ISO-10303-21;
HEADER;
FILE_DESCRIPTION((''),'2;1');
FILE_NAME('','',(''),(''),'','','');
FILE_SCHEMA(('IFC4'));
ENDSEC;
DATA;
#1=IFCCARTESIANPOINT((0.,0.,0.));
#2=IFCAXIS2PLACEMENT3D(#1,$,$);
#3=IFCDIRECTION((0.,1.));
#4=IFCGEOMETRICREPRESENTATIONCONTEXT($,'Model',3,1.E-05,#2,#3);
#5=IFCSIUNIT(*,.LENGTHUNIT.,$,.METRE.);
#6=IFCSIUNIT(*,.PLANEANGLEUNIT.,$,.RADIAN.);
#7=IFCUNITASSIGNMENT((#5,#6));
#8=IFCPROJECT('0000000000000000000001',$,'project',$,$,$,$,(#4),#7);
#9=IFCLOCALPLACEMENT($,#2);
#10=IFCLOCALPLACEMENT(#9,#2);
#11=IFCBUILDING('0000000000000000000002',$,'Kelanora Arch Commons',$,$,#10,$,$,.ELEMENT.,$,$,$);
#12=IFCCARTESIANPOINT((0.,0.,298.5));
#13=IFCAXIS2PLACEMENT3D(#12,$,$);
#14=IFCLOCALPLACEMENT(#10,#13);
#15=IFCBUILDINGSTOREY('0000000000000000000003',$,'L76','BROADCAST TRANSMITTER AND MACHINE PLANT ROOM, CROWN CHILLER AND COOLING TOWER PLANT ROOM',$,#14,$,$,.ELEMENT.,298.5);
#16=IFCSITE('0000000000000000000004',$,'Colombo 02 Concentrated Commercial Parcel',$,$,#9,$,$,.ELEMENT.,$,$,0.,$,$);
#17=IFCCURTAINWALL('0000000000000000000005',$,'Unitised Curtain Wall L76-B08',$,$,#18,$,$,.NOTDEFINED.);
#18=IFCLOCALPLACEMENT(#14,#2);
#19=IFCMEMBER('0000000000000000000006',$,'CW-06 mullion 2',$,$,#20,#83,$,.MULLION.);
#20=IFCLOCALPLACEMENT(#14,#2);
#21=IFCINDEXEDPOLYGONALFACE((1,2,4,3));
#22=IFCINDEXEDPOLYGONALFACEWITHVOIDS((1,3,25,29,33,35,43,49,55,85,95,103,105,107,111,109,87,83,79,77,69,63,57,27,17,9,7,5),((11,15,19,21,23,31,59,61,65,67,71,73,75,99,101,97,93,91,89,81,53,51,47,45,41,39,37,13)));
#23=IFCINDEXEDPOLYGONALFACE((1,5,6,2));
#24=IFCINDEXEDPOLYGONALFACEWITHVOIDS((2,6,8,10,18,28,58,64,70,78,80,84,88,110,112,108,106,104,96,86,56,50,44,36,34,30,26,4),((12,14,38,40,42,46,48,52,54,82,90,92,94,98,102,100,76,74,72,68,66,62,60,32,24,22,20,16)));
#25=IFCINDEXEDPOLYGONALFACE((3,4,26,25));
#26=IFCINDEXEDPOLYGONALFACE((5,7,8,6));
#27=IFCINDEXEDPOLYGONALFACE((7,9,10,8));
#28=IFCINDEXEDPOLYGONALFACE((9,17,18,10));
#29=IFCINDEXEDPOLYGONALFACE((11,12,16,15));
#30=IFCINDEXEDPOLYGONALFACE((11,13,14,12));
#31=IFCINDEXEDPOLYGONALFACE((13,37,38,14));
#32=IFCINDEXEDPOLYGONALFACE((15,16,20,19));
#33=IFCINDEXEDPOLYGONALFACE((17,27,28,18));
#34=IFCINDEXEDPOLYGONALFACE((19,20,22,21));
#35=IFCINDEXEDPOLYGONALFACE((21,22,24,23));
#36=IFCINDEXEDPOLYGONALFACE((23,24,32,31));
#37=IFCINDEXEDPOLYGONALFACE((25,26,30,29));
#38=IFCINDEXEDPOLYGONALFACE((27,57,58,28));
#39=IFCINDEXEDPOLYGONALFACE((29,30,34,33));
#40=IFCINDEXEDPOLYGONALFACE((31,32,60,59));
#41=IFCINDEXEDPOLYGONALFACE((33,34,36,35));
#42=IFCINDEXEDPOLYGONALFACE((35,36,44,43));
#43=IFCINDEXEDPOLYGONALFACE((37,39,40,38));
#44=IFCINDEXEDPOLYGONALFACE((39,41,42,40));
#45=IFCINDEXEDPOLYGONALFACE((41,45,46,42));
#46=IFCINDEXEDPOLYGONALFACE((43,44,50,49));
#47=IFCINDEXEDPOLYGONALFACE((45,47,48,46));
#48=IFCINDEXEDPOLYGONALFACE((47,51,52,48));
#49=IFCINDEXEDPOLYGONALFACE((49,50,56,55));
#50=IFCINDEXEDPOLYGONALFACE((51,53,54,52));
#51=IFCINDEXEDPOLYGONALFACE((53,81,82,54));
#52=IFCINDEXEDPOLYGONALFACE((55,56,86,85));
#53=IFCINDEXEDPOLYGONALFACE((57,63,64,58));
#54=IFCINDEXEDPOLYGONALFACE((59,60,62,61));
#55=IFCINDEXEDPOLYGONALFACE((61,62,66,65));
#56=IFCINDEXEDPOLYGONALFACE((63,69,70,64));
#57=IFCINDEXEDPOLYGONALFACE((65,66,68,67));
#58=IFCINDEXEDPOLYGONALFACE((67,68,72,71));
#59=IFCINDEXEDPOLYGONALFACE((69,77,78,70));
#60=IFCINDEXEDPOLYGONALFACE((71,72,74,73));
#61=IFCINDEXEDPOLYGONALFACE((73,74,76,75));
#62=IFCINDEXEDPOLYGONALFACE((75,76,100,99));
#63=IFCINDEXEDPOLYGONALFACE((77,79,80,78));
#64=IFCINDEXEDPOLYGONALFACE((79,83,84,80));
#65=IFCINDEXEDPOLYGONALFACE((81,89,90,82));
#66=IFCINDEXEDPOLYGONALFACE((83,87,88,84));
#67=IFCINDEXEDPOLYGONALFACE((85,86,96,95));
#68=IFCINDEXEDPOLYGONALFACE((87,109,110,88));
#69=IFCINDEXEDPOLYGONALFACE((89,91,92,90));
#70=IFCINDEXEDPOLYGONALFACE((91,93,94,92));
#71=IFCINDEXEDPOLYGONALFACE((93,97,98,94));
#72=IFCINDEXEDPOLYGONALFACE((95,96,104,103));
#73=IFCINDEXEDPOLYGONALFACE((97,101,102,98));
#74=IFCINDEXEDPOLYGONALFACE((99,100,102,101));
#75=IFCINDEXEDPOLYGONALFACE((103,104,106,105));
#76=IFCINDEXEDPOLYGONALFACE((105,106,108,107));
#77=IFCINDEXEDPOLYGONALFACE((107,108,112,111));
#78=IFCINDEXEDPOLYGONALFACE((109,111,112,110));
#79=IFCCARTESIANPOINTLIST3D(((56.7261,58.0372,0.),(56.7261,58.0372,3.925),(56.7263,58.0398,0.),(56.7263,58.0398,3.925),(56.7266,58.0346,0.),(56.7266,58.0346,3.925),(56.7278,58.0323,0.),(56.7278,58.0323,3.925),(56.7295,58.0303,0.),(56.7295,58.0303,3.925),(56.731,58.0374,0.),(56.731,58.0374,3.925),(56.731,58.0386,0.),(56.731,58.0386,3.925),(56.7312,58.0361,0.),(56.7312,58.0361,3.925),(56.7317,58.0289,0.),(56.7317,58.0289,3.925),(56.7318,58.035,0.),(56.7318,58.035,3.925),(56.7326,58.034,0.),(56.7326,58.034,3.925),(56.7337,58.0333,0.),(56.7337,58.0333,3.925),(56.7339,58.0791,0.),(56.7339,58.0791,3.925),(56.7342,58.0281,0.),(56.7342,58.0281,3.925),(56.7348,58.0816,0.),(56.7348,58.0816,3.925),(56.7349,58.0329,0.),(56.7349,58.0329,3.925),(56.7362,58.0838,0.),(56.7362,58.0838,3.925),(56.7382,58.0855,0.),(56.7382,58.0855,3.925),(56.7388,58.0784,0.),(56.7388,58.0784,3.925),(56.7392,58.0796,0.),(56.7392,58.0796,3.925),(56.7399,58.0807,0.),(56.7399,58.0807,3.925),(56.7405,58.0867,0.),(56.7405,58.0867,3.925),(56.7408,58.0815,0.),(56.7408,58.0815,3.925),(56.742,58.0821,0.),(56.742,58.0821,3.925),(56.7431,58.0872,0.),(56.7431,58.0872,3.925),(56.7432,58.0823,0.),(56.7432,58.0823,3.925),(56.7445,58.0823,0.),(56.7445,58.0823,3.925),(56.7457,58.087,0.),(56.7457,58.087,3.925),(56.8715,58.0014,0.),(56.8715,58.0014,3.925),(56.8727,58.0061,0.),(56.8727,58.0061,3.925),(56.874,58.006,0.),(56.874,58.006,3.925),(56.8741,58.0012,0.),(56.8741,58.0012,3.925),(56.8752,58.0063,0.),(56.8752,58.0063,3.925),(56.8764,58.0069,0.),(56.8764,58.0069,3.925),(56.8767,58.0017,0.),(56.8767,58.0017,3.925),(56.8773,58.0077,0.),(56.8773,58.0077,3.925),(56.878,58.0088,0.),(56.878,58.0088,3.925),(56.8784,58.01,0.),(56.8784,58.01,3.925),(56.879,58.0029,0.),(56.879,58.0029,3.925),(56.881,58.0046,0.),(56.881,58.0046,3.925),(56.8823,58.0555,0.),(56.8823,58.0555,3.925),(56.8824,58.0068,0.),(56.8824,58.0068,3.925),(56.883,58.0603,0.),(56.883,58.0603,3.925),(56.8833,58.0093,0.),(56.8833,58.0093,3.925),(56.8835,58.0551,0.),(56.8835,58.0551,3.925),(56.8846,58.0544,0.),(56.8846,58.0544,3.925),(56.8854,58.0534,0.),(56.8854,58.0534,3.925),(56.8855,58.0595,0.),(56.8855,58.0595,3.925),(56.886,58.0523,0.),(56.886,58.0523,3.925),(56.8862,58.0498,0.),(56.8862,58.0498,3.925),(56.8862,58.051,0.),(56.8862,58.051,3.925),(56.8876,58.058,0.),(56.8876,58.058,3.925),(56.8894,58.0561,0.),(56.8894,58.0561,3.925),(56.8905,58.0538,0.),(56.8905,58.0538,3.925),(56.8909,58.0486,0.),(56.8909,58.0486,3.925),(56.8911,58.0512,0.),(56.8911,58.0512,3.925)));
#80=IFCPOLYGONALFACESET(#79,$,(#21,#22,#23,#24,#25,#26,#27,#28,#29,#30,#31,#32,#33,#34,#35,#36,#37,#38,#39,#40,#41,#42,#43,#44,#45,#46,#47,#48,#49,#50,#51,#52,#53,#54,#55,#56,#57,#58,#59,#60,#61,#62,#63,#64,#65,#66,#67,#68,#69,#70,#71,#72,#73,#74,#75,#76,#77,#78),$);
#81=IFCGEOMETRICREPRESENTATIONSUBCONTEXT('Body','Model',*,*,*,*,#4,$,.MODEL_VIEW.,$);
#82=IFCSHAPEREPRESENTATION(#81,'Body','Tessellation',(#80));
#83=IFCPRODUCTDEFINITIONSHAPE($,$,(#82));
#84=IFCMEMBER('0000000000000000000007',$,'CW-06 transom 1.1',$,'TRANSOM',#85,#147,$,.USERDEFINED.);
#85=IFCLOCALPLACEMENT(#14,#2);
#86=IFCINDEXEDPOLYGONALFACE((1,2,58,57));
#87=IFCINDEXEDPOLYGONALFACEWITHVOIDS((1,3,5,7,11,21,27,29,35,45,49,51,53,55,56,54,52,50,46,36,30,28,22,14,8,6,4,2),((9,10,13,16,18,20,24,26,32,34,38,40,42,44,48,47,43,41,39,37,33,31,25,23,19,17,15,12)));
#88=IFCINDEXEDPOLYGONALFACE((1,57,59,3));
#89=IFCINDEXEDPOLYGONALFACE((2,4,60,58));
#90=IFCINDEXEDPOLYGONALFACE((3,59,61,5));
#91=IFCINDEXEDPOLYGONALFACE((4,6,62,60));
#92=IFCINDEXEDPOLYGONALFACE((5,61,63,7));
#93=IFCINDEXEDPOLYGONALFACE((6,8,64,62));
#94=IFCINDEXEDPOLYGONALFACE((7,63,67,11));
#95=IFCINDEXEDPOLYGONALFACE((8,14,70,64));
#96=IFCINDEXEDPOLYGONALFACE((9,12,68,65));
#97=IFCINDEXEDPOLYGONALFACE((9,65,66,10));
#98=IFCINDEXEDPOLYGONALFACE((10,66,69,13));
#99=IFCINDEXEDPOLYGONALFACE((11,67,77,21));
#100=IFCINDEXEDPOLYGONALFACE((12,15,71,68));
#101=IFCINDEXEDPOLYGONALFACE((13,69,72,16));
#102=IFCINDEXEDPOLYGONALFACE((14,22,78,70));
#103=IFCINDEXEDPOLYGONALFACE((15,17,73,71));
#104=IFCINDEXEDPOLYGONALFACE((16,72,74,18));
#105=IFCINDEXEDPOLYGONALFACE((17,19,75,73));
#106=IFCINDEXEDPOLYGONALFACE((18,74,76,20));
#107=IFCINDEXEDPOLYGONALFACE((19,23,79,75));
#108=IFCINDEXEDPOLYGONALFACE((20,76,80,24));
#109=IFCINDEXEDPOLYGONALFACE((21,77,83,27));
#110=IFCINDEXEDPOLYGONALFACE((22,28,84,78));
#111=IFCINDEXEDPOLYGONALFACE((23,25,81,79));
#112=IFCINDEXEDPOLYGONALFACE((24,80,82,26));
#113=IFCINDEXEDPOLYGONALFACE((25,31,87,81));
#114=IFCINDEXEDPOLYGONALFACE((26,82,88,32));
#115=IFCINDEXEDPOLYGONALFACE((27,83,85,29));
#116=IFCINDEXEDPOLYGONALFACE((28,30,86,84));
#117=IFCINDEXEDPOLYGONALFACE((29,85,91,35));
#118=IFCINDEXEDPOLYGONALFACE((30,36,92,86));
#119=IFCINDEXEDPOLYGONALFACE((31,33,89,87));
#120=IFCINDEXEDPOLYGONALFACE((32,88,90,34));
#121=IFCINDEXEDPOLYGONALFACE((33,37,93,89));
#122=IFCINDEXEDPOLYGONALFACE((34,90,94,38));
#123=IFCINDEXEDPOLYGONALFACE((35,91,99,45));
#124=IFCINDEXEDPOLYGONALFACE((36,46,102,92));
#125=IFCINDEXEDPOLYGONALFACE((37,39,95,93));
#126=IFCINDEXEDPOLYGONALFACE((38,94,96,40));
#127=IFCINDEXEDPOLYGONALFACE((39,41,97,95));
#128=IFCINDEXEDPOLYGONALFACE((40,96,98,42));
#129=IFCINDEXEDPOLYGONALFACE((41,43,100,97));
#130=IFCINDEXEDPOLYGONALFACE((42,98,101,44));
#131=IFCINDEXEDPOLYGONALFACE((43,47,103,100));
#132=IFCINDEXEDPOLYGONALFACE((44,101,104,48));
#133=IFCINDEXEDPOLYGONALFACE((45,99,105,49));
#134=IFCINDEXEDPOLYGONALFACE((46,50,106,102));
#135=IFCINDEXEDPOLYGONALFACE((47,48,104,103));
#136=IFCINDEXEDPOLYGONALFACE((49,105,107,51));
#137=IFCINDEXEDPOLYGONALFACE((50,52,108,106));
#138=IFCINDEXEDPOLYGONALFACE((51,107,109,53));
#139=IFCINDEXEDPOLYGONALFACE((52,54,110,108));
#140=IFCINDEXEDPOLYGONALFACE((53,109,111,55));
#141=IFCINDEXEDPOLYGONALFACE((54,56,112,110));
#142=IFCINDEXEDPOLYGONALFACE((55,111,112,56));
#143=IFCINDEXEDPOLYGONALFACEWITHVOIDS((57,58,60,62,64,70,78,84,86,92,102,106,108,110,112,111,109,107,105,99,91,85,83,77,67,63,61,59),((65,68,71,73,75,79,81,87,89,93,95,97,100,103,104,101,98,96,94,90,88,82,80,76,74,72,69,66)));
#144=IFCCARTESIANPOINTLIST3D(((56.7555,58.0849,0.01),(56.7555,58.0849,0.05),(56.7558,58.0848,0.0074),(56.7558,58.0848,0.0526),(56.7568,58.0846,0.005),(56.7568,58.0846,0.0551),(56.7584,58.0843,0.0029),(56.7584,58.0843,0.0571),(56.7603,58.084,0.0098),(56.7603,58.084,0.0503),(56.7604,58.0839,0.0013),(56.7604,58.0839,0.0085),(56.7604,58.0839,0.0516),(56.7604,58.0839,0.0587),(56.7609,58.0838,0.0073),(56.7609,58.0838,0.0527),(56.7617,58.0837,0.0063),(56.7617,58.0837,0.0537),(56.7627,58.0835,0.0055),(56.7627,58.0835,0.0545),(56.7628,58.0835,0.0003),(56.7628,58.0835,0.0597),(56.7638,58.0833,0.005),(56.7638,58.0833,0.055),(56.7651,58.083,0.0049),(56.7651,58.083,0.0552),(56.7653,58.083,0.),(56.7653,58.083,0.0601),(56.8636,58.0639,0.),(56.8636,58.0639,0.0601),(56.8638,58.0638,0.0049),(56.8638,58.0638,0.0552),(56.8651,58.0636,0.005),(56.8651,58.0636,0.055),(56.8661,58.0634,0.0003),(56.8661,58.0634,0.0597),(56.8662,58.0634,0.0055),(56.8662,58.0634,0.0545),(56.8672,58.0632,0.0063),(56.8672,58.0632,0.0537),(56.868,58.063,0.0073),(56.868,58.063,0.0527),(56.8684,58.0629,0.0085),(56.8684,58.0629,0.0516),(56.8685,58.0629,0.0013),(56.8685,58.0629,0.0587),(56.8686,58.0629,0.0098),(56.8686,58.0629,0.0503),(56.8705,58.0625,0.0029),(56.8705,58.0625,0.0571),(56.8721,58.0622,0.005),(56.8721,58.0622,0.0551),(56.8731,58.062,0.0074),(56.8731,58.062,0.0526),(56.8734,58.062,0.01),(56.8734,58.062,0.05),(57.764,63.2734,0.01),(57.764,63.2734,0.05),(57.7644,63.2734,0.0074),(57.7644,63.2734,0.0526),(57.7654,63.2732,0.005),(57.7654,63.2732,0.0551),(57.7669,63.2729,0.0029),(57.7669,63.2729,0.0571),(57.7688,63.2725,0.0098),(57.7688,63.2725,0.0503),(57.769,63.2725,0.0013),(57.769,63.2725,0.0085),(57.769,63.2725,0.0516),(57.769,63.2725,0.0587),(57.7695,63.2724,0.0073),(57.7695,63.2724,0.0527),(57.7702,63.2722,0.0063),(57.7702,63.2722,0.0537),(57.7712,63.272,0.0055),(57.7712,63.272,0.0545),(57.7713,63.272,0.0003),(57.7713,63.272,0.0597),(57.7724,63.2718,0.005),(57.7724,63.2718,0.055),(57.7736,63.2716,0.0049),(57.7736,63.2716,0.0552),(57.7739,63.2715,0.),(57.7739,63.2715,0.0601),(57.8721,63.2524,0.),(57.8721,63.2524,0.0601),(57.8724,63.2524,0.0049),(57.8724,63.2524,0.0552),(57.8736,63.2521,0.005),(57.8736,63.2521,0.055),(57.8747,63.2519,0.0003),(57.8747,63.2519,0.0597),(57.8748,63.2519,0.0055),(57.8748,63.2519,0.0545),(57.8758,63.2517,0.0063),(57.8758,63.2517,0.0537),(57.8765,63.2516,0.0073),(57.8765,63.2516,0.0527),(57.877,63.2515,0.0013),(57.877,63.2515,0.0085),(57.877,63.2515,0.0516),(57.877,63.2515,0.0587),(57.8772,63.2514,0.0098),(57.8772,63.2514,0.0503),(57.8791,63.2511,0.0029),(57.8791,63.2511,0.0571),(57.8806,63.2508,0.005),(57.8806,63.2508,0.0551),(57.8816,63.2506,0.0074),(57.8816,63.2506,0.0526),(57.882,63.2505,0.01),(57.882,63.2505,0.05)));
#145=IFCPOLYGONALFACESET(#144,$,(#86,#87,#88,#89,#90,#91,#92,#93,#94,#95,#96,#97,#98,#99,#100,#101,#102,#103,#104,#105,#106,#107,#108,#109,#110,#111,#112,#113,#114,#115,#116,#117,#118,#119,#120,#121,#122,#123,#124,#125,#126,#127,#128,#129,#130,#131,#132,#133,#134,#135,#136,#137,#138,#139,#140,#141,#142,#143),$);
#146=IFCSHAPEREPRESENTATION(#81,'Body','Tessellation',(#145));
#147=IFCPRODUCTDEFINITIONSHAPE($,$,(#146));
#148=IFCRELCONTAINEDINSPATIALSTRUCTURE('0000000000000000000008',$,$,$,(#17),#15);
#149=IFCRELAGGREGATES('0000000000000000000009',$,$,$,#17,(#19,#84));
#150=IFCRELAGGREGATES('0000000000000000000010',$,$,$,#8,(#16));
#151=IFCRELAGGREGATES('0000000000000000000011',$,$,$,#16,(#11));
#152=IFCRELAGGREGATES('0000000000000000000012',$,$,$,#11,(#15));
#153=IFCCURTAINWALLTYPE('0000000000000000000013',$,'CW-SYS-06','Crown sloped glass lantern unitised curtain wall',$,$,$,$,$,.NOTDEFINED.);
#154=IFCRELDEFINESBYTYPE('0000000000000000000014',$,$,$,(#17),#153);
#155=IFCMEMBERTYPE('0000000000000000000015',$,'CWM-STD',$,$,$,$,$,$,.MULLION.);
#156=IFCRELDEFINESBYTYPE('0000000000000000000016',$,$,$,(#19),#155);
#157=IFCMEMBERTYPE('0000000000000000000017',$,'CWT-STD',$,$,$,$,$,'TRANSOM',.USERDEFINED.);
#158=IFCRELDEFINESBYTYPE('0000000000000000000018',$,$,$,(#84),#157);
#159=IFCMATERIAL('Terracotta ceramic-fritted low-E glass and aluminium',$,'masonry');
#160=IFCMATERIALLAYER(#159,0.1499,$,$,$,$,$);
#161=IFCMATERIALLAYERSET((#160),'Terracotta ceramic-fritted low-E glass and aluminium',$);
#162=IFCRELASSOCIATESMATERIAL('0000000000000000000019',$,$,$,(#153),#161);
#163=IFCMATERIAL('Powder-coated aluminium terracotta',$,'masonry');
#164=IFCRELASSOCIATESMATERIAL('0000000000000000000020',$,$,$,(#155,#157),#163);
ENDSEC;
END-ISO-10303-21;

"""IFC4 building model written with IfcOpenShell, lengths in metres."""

from ifc_helpers import new_model, si_unit, direction, frame, origin, origin_2d, place, context, subcontext, project, spatial, hollow_rectangle, extrude, material, layer, layer_set, material_profile, profile_set, type_object, element, aggregate, save


model = new_model("IFC4")

# Units and contexts
model_context = context("Model", 3, precision=1e-05, world=origin(), true_north=direction((0.0, 1.0)))
body_context = subcontext(model_context, "Body", "Model", "MODEL_VIEW")
ifc_project = project(units=[si_unit("LENGTHUNIT", "METRE"), si_unit("PLANEANGLEUNIT", "RADIAN")], contexts=[model_context])

# Site, building, storey
site_placement = place(None, origin())
site = spatial("IfcSite", under=ifc_project, at=site_placement, Name="Colombo 02 Concentrated Commercial Parcel", CompositionType="ELEMENT", RefElevation=0.0)
building_placement = place(site_placement, origin())
building = spatial("IfcBuilding", under=site, at=building_placement, Name="Kelanora Arch Commons", CompositionType="ELEMENT")
storey_placement = place(building_placement, frame((0.0, 0.0, 298.5)))
storey = spatial("IfcBuildingStorey", under=building, at=storey_placement, Name="L76", Description="BROADCAST TRANSMITTER AND MACHINE PLANT ROOM, CROWN CHILLER AND COOLING TOWER PLANT ROOM", CompositionType="ELEMENT", Elevation=298.5)

# Shared definitions
ifc_material_1 = material(Name="Terracotta ceramic-fritted low-E glass and aluminium", Category="masonry")
ifc_layer_1 = layer(ifc_material_1, 0.1499)
ifc_layer_set_1 = layer_set([ifc_layer_1], Name="Terracotta ceramic-fritted low-E glass and aluminium")
curtain_wall_type = type_object("IfcCurtainWallType", Name="CW-SYS-06", Description="Crown sloped glass lantern unitised curtain wall", PredefinedType="NOTDEFINED", material=ifc_layer_set_1)
ifc_material_2 = material(Name="Powder-coated aluminium terracotta", Category="masonry")
ifc_material_profile_1 = material_profile(ifc_material_2, hollow_rectangle(XDim=0.1599, YDim=0.0601, WallThickness=0.0049, InnerFilletRadius=0.0049, OuterFilletRadius=0.01, at=origin_2d()), Name="CWM160x60")
ifc_profile_set_1 = profile_set([ifc_material_profile_1], Name="Powder-coated aluminium terracotta")
member_type_1 = type_object("IfcMemberType", Name="CWM-STD", PredefinedType="MULLION", material=ifc_profile_set_1)

# Curtain wall, members
curtain_wall_1_placement = place(storey_placement, origin())
curtain_wall_1 = element("IfcCurtainWall", 1, at=curtain_wall_1_placement, inside=storey, type_object=curtain_wall_type, Name="Unitised Curtain Wall L76-B08", PredefinedType="NOTDEFINED")
member_1_placement = place(storey_placement, frame((56.8086, 58.0442, 0.0), z_axis=(0.0, 0.0, 1.0), x_axis=(0.981624, -0.190827, 0.0)))
member_1 = element("IfcMember", 2, at=member_1_placement, type_object=member_type_1, Name="CW-06 mullion 2", PredefinedType="MULLION", context=body_context, shape_type="SweptSolid", body=[
    extrude(hollow_rectangle(XDim=0.1599, YDim=0.0601, WallThickness=0.0049, InnerFilletRadius=0.0049, OuterFilletRadius=0.01, at=origin_2d()), origin(), (0.0, 0.0, 1.0), 3.925),
])
ifc_material_profile_2 = material_profile(ifc_material_2, hollow_rectangle(XDim=0.1201, YDim=0.0601, WallThickness=0.0049, InnerFilletRadius=0.0049, OuterFilletRadius=0.01, at=origin_2d()), Name="CWT120x60")
ifc_profile_set_2 = profile_set([ifc_material_profile_2], Name="Powder-coated aluminium terracotta")
member_type_2 = type_object("IfcMemberType", Name="CWT-STD", ElementType="TRANSOM", PredefinedType="USERDEFINED", material=ifc_profile_set_2)
member_2_placement = place(storey_placement, frame((57.823, 63.262, 0.03), z_axis=(-0.19081, -0.981627, 0.0), x_axis=(0.981627, -0.19081, 0.0)))
member_2 = element("IfcMember", 3, at=member_2_placement, type_object=member_type_2, Name="CW-06 transom 1.1", ObjectType="TRANSOM", PredefinedType="USERDEFINED", context=body_context, shape_type="SweptSolid", body=[
    extrude(hollow_rectangle(XDim=0.1201, YDim=0.0601, WallThickness=0.0049, InnerFilletRadius=0.0049, OuterFilletRadius=0.01, at=origin_2d()), origin(), (0.0, 0.0, 1.0), 5.2856),
])
aggregate(curtain_wall_1, [member_1, member_2])

save(model, "model.ifc")
